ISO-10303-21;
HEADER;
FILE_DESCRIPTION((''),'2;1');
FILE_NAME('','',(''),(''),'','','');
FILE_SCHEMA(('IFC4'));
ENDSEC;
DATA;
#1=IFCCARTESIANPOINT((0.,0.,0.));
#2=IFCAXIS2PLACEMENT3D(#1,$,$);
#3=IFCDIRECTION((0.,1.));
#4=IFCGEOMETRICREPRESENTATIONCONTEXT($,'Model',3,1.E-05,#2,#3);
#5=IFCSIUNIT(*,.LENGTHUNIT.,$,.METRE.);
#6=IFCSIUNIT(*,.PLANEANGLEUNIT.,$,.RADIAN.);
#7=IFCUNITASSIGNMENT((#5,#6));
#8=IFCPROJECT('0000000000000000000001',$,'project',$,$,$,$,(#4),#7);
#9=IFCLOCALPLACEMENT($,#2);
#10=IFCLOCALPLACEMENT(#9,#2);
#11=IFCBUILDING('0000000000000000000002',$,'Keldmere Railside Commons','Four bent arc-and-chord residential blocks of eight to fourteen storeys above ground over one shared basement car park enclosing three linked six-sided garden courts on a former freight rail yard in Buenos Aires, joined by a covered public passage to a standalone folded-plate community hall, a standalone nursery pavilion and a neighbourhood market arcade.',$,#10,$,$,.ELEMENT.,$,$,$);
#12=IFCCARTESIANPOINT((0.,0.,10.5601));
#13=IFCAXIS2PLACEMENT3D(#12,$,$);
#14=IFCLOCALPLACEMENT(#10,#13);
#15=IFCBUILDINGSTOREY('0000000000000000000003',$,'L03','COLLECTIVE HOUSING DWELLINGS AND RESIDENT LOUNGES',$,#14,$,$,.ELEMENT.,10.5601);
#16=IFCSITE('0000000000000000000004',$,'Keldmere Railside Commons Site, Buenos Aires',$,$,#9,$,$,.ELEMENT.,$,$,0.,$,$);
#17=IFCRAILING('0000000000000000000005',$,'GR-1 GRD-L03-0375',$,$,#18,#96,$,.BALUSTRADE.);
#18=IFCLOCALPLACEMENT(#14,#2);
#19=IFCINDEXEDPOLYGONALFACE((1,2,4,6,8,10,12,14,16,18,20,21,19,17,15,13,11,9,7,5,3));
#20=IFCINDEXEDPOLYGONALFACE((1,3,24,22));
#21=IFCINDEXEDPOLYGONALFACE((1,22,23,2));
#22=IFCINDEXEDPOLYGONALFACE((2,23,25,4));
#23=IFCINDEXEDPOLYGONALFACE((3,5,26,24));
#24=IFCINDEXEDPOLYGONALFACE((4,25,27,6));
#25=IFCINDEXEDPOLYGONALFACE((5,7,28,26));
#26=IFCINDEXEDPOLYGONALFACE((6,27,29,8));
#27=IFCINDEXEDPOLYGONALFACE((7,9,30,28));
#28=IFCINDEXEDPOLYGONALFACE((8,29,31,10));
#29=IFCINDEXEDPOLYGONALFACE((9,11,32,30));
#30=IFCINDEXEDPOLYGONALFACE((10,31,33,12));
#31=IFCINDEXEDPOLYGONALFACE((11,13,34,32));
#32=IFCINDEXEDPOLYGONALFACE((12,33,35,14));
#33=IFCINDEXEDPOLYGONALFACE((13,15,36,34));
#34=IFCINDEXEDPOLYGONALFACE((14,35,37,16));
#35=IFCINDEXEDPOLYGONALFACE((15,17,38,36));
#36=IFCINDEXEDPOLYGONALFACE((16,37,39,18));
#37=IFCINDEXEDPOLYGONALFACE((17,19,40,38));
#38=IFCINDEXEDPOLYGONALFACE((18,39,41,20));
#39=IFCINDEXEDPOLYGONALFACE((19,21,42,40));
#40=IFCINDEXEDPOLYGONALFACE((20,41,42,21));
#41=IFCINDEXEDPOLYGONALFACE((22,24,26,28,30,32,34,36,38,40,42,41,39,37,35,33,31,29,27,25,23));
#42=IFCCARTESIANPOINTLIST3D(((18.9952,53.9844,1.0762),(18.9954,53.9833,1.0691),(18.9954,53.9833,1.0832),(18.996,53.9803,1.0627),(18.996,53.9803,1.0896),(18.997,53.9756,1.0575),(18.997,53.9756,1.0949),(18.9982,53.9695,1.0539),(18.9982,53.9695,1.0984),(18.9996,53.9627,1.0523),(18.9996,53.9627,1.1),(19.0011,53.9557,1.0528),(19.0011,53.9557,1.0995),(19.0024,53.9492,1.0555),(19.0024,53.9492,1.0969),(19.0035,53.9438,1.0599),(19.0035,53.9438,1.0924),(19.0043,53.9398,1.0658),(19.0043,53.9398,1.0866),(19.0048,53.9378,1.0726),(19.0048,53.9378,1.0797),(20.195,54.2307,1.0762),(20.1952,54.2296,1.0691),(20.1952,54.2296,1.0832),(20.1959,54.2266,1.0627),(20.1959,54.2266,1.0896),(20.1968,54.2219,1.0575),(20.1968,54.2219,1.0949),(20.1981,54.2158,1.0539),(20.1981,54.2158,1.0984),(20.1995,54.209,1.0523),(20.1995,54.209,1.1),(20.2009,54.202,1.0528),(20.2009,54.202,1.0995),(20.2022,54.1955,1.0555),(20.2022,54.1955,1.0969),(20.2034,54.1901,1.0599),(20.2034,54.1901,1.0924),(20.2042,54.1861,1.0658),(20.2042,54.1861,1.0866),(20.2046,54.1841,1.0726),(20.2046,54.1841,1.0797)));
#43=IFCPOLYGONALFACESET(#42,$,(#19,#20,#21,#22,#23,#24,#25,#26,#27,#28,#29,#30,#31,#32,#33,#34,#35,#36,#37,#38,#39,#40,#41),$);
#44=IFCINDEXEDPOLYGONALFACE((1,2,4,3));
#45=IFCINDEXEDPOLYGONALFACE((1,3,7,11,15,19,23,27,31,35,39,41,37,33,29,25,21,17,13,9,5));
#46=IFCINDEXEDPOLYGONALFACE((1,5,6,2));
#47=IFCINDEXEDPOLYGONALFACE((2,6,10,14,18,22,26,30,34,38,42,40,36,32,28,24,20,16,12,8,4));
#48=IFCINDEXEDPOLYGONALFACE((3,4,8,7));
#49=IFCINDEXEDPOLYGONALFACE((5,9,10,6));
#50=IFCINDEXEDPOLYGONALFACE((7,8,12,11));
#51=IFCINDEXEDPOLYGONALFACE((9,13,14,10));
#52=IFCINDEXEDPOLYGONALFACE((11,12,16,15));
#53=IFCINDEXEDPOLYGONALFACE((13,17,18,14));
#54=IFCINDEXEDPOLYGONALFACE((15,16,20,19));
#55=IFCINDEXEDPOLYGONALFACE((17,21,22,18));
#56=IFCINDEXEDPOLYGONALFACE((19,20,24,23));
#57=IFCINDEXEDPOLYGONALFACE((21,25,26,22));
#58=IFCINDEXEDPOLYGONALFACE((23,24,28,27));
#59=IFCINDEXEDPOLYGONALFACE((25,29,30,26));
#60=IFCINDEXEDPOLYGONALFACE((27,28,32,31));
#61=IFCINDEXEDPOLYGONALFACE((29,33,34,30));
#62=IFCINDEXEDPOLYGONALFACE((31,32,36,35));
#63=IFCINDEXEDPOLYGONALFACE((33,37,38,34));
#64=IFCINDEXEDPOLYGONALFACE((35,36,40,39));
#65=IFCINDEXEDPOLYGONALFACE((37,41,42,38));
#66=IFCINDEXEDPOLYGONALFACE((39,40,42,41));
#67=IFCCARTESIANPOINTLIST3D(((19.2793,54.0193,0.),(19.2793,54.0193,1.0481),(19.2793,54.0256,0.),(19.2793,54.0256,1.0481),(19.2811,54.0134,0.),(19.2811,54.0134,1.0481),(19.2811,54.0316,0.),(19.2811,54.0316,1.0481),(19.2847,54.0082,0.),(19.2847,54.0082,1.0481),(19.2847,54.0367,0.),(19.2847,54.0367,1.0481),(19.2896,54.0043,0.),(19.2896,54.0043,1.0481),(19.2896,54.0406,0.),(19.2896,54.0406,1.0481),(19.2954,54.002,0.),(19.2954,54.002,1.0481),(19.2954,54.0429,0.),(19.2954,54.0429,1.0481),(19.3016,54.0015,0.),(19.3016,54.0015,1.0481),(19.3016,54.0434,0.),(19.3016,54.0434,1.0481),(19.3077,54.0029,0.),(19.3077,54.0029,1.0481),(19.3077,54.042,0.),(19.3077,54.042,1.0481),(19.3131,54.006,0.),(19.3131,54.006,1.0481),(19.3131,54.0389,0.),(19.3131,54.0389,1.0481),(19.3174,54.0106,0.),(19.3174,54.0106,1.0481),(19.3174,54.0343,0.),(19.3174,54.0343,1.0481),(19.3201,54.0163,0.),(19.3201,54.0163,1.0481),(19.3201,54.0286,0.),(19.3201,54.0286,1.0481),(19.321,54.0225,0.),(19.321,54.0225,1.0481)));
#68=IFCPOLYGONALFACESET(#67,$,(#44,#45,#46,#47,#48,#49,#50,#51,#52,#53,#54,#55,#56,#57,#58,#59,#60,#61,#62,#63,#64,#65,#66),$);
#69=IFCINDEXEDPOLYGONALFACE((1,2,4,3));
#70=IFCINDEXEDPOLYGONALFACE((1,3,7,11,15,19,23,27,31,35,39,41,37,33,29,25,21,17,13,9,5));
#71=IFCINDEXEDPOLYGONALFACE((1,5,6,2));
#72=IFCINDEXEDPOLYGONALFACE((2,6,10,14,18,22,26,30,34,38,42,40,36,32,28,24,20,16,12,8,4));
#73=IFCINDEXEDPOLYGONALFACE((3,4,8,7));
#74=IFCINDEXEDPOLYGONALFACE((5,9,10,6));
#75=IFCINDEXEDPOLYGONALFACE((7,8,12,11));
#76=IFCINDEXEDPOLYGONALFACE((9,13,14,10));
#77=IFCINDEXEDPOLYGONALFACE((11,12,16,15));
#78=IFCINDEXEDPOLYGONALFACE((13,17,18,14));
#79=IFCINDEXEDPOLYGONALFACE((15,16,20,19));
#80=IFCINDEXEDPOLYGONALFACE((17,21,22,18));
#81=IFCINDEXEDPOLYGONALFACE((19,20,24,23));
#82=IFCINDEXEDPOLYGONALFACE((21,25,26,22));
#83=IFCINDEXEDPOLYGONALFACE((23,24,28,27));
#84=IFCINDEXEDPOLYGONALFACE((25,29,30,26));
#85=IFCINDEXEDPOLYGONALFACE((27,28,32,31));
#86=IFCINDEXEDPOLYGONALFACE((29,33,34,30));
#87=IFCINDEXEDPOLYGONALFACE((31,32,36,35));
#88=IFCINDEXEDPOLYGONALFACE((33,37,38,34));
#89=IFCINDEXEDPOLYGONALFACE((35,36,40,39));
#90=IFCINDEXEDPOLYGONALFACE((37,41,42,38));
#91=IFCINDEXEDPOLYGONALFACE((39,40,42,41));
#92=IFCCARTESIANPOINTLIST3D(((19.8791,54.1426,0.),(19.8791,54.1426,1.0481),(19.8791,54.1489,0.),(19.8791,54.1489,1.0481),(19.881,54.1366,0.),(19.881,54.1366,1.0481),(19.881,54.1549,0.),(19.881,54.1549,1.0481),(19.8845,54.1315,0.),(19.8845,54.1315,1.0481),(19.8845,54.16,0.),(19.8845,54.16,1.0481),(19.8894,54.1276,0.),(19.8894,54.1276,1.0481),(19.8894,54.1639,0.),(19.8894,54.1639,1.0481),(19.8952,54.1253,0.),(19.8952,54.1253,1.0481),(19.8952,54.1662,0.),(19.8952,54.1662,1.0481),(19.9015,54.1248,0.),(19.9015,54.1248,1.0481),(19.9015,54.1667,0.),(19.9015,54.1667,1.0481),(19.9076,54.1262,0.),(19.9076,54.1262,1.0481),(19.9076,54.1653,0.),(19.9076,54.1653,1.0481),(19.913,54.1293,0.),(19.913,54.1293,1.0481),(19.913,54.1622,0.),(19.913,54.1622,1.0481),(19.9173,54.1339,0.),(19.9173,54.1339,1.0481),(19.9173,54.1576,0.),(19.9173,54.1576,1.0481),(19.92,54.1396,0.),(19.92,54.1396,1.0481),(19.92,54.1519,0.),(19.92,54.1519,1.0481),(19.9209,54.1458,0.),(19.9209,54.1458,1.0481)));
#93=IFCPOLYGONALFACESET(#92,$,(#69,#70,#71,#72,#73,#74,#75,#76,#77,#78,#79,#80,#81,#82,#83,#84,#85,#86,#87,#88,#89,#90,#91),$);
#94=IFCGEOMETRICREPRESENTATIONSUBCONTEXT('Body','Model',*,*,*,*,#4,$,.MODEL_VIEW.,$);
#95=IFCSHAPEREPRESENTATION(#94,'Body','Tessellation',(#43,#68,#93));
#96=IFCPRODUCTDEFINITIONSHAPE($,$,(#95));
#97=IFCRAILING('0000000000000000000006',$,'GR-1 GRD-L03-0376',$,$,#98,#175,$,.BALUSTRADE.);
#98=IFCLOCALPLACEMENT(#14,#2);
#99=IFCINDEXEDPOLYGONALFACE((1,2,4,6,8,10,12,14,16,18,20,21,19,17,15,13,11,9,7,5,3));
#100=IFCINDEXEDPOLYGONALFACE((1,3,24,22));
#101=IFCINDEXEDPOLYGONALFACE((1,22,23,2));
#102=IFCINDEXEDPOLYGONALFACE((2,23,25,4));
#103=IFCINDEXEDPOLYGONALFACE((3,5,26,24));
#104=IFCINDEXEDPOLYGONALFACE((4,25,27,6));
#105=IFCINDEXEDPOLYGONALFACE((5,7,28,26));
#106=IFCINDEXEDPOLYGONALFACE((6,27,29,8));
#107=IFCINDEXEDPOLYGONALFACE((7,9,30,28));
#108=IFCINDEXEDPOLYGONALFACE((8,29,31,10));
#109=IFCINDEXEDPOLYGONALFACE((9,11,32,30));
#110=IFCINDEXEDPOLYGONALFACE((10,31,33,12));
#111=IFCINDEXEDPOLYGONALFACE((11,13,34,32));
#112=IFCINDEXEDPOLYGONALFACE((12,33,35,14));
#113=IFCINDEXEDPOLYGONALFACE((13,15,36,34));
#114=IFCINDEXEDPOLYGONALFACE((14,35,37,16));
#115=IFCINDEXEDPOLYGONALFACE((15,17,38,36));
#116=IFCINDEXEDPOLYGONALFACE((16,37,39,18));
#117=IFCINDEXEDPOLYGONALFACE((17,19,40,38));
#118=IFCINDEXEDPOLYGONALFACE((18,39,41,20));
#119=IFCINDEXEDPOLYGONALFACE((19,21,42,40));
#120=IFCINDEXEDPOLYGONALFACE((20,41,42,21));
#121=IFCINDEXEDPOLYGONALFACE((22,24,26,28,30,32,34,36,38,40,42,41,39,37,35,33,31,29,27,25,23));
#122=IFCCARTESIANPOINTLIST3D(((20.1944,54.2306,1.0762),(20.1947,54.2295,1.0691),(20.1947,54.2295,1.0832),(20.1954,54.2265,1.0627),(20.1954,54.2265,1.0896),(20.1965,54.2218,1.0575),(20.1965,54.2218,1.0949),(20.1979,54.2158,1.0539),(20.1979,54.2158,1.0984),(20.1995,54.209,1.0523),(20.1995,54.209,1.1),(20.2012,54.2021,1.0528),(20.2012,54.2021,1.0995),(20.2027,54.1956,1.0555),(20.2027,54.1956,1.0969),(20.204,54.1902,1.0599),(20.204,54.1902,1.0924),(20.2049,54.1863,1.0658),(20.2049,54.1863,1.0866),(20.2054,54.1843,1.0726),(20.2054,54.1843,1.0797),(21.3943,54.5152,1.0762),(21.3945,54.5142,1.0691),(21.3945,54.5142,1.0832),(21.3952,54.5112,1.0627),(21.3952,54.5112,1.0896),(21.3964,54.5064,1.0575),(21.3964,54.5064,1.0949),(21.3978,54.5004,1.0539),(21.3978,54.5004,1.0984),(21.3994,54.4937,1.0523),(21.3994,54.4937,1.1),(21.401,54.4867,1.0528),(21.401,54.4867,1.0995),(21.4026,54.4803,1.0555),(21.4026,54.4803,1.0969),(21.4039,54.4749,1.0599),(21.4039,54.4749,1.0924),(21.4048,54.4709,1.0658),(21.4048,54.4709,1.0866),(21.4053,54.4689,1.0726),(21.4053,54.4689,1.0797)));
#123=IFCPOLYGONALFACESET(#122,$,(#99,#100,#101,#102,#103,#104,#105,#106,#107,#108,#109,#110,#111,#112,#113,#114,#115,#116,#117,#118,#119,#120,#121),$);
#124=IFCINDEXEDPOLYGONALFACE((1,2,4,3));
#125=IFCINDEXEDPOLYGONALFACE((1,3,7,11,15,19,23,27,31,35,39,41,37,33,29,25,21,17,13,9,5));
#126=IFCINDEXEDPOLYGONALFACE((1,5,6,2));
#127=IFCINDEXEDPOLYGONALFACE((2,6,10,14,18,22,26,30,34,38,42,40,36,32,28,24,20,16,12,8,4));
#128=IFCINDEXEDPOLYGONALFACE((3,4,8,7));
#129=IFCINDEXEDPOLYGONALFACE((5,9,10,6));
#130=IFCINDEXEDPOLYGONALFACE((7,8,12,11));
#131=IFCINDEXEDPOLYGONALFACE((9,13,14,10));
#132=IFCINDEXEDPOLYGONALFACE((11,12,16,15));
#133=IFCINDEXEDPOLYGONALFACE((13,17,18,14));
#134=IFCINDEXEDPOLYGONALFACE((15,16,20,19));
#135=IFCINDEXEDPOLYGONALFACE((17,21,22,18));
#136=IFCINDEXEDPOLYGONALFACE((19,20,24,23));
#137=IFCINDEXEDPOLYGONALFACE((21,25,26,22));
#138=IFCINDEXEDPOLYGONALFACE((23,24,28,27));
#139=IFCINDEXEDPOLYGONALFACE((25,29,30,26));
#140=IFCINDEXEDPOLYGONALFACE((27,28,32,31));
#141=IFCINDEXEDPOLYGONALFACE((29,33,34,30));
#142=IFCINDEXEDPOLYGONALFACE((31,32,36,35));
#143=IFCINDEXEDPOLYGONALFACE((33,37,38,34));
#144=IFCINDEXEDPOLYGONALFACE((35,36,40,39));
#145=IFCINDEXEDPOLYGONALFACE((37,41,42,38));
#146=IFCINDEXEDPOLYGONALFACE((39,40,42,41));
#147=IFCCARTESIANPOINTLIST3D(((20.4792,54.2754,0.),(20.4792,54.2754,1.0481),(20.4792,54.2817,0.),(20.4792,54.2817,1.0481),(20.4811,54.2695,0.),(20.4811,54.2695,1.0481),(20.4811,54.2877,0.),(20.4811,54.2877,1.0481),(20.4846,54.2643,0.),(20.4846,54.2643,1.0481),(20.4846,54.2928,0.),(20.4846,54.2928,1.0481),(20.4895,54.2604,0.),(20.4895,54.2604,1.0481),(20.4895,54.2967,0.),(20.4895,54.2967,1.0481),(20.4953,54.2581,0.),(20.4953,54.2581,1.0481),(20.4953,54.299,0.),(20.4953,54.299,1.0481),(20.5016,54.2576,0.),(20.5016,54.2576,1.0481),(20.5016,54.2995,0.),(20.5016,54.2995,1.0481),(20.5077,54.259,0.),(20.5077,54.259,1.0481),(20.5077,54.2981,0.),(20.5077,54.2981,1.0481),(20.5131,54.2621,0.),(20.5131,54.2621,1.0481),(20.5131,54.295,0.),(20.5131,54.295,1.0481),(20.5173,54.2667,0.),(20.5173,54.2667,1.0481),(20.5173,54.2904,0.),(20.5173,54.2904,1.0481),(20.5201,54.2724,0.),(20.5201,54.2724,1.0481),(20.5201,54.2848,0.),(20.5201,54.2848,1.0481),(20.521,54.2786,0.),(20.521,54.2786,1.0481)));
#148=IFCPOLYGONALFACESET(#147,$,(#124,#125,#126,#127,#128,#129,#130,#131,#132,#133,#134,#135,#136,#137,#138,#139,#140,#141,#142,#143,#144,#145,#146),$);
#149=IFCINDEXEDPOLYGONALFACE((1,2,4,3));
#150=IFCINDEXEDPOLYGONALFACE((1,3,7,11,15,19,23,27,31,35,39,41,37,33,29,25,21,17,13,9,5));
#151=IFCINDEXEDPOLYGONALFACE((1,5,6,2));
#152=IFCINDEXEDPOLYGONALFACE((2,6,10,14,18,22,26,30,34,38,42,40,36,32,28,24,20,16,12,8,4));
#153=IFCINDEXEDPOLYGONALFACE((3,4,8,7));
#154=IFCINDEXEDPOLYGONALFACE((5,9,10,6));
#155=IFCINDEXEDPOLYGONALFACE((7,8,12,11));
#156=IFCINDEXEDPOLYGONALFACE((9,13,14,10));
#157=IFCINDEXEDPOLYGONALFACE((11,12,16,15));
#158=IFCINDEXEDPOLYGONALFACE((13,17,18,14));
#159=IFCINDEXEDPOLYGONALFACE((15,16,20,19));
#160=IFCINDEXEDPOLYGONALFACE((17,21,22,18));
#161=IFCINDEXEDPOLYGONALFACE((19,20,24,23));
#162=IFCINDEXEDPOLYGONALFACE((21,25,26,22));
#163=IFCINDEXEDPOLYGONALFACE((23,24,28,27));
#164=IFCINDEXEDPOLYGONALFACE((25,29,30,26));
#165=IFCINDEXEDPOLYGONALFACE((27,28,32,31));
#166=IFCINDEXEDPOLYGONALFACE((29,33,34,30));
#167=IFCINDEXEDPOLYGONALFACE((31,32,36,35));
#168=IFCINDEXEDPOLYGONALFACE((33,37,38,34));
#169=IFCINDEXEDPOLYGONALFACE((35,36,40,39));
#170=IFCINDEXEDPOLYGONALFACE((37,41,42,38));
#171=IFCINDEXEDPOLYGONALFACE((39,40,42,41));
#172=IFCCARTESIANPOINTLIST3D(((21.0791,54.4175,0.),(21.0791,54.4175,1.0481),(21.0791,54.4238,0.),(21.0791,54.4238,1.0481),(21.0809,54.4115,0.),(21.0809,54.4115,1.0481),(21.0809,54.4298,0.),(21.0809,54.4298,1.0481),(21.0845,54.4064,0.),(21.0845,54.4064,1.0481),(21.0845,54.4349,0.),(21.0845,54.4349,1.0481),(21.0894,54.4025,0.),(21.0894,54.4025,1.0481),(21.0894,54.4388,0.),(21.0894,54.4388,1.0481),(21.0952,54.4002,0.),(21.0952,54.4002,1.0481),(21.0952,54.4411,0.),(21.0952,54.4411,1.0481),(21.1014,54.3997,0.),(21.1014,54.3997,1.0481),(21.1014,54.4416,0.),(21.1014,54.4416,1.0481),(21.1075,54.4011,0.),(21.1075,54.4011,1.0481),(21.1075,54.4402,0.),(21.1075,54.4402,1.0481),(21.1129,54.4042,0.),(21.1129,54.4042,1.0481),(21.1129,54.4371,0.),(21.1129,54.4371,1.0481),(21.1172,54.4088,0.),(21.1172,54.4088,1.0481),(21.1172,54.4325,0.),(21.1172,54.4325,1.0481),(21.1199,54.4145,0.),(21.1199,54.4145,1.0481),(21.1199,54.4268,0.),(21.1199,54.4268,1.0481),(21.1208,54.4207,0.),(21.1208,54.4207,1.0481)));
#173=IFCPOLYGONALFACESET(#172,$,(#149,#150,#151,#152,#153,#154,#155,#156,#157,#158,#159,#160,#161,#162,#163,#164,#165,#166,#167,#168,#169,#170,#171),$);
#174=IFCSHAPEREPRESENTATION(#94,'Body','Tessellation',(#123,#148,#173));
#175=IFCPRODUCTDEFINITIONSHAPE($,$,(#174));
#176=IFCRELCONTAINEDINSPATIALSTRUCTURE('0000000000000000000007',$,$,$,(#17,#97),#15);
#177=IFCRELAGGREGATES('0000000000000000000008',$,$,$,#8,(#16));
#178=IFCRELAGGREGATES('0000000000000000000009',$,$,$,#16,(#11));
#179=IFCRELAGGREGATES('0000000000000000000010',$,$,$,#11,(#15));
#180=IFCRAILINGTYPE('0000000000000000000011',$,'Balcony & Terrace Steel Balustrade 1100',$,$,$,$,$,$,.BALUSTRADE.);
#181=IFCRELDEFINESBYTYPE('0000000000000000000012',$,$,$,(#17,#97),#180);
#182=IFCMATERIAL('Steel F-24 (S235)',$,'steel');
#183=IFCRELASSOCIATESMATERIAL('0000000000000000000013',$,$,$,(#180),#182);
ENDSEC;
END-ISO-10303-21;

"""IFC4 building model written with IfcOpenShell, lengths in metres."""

from ifc_helpers import new_model, si_unit, direction, frame, origin, origin_2d, place, context, subcontext, project, spatial, circle, extrude, material, type_object, element, save


model = new_model("IFC4")

# Units and contexts
model_context = context("Model", 3, precision=1e-05, world=origin(), true_north=direction((0.0, 1.0)))
body_context = subcontext(model_context, "Body", "Model", "MODEL_VIEW")
ifc_project = project(units=[si_unit("LENGTHUNIT", "METRE"), si_unit("PLANEANGLEUNIT", "RADIAN")], contexts=[model_context])

# Site, building, storey
site_placement = place(None, origin())
site = spatial("IfcSite", under=ifc_project, at=site_placement, Name="Keldmere Railside Commons Site, Buenos Aires", CompositionType="ELEMENT", RefElevation=0.0)
building_placement = place(site_placement, origin())
building = spatial("IfcBuilding", under=site, at=building_placement, Name="Keldmere Railside Commons", Description="Four bent arc-and-chord residential blocks of eight to fourteen storeys above ground over one shared basement car park enclosing three linked six-sided garden courts on a former freight rail yard in Buenos Aires, joined by a covered public passage to a standalone folded-plate community hall, a standalone nursery pavilion and a neighbourhood market arcade.", CompositionType="ELEMENT")
storey_placement = place(building_placement, frame((0.0, 0.0, 10.5601)))
storey = spatial("IfcBuildingStorey", under=building, at=storey_placement, Name="L03", Description="COLLECTIVE HOUSING DWELLINGS AND RESIDENT LOUNGES", CompositionType="ELEMENT", Elevation=10.5601)

# Railings
ifc_material_1 = material(Name="Steel F-24 (S235)", Category="steel")
railing_type = type_object("IfcRailingType", Name="Balcony & Terrace Steel Balustrade 1100", PredefinedType="BALUSTRADE", material=ifc_material_1)
railing_1_placement = place(storey_placement, frame((19.0, 53.9609, 0.0)))
element("IfcRailing", 1, at=railing_1_placement, inside=storey, type_object=railing_type, Name="GR-1 GRD-L03-0375", PredefinedType="BALUSTRADE", context=body_context, shape_type="SweptSolid", body=[
    extrude(circle(Radius=0.0239, at=origin_2d()), frame((0.0, 0.0, 1.0762), z_axis=(0.979572, 0.201096, 0.0), x_axis=(-0.201096, 0.979572, 0.0)), (0.0, 0.0, 1.0), 1.2249),
    extrude(circle(Radius=0.021, at=origin_2d()), frame((0.3, 0.0615, 0.0)), (0.0, 0.0, 1.0), 1.0481),
    extrude(circle(Radius=0.021, at=origin_2d()), frame((0.8999, 0.1848, 0.0)), (0.0, 0.0, 1.0), 1.0481),
])
railing_2_placement = place(storey_placement, frame((20.2, 54.2073, 0.0)))
element("IfcRailing", 2, at=railing_2_placement, inside=storey, type_object=railing_type, Name="GR-1 GRD-L03-0376", PredefinedType="BALUSTRADE", context=body_context, shape_type="SweptSolid", body=[
    extrude(circle(Radius=0.0239, at=origin_2d()), frame((0.0, 0.0, 1.0762), z_axis=(0.972995, 0.230826, 0.0), x_axis=(-0.230826, 0.972995, 0.0)), (0.0, 0.0, 1.0), 1.2332),
    extrude(circle(Radius=0.021, at=origin_2d()), frame((0.3, 0.0713, 0.0)), (0.0, 0.0, 1.0), 1.0481),
    extrude(circle(Radius=0.021, at=origin_2d()), frame((0.8999, 0.2134, 0.0)), (0.0, 0.0, 1.0), 1.0481),
])

save(model, "model.ifc")
